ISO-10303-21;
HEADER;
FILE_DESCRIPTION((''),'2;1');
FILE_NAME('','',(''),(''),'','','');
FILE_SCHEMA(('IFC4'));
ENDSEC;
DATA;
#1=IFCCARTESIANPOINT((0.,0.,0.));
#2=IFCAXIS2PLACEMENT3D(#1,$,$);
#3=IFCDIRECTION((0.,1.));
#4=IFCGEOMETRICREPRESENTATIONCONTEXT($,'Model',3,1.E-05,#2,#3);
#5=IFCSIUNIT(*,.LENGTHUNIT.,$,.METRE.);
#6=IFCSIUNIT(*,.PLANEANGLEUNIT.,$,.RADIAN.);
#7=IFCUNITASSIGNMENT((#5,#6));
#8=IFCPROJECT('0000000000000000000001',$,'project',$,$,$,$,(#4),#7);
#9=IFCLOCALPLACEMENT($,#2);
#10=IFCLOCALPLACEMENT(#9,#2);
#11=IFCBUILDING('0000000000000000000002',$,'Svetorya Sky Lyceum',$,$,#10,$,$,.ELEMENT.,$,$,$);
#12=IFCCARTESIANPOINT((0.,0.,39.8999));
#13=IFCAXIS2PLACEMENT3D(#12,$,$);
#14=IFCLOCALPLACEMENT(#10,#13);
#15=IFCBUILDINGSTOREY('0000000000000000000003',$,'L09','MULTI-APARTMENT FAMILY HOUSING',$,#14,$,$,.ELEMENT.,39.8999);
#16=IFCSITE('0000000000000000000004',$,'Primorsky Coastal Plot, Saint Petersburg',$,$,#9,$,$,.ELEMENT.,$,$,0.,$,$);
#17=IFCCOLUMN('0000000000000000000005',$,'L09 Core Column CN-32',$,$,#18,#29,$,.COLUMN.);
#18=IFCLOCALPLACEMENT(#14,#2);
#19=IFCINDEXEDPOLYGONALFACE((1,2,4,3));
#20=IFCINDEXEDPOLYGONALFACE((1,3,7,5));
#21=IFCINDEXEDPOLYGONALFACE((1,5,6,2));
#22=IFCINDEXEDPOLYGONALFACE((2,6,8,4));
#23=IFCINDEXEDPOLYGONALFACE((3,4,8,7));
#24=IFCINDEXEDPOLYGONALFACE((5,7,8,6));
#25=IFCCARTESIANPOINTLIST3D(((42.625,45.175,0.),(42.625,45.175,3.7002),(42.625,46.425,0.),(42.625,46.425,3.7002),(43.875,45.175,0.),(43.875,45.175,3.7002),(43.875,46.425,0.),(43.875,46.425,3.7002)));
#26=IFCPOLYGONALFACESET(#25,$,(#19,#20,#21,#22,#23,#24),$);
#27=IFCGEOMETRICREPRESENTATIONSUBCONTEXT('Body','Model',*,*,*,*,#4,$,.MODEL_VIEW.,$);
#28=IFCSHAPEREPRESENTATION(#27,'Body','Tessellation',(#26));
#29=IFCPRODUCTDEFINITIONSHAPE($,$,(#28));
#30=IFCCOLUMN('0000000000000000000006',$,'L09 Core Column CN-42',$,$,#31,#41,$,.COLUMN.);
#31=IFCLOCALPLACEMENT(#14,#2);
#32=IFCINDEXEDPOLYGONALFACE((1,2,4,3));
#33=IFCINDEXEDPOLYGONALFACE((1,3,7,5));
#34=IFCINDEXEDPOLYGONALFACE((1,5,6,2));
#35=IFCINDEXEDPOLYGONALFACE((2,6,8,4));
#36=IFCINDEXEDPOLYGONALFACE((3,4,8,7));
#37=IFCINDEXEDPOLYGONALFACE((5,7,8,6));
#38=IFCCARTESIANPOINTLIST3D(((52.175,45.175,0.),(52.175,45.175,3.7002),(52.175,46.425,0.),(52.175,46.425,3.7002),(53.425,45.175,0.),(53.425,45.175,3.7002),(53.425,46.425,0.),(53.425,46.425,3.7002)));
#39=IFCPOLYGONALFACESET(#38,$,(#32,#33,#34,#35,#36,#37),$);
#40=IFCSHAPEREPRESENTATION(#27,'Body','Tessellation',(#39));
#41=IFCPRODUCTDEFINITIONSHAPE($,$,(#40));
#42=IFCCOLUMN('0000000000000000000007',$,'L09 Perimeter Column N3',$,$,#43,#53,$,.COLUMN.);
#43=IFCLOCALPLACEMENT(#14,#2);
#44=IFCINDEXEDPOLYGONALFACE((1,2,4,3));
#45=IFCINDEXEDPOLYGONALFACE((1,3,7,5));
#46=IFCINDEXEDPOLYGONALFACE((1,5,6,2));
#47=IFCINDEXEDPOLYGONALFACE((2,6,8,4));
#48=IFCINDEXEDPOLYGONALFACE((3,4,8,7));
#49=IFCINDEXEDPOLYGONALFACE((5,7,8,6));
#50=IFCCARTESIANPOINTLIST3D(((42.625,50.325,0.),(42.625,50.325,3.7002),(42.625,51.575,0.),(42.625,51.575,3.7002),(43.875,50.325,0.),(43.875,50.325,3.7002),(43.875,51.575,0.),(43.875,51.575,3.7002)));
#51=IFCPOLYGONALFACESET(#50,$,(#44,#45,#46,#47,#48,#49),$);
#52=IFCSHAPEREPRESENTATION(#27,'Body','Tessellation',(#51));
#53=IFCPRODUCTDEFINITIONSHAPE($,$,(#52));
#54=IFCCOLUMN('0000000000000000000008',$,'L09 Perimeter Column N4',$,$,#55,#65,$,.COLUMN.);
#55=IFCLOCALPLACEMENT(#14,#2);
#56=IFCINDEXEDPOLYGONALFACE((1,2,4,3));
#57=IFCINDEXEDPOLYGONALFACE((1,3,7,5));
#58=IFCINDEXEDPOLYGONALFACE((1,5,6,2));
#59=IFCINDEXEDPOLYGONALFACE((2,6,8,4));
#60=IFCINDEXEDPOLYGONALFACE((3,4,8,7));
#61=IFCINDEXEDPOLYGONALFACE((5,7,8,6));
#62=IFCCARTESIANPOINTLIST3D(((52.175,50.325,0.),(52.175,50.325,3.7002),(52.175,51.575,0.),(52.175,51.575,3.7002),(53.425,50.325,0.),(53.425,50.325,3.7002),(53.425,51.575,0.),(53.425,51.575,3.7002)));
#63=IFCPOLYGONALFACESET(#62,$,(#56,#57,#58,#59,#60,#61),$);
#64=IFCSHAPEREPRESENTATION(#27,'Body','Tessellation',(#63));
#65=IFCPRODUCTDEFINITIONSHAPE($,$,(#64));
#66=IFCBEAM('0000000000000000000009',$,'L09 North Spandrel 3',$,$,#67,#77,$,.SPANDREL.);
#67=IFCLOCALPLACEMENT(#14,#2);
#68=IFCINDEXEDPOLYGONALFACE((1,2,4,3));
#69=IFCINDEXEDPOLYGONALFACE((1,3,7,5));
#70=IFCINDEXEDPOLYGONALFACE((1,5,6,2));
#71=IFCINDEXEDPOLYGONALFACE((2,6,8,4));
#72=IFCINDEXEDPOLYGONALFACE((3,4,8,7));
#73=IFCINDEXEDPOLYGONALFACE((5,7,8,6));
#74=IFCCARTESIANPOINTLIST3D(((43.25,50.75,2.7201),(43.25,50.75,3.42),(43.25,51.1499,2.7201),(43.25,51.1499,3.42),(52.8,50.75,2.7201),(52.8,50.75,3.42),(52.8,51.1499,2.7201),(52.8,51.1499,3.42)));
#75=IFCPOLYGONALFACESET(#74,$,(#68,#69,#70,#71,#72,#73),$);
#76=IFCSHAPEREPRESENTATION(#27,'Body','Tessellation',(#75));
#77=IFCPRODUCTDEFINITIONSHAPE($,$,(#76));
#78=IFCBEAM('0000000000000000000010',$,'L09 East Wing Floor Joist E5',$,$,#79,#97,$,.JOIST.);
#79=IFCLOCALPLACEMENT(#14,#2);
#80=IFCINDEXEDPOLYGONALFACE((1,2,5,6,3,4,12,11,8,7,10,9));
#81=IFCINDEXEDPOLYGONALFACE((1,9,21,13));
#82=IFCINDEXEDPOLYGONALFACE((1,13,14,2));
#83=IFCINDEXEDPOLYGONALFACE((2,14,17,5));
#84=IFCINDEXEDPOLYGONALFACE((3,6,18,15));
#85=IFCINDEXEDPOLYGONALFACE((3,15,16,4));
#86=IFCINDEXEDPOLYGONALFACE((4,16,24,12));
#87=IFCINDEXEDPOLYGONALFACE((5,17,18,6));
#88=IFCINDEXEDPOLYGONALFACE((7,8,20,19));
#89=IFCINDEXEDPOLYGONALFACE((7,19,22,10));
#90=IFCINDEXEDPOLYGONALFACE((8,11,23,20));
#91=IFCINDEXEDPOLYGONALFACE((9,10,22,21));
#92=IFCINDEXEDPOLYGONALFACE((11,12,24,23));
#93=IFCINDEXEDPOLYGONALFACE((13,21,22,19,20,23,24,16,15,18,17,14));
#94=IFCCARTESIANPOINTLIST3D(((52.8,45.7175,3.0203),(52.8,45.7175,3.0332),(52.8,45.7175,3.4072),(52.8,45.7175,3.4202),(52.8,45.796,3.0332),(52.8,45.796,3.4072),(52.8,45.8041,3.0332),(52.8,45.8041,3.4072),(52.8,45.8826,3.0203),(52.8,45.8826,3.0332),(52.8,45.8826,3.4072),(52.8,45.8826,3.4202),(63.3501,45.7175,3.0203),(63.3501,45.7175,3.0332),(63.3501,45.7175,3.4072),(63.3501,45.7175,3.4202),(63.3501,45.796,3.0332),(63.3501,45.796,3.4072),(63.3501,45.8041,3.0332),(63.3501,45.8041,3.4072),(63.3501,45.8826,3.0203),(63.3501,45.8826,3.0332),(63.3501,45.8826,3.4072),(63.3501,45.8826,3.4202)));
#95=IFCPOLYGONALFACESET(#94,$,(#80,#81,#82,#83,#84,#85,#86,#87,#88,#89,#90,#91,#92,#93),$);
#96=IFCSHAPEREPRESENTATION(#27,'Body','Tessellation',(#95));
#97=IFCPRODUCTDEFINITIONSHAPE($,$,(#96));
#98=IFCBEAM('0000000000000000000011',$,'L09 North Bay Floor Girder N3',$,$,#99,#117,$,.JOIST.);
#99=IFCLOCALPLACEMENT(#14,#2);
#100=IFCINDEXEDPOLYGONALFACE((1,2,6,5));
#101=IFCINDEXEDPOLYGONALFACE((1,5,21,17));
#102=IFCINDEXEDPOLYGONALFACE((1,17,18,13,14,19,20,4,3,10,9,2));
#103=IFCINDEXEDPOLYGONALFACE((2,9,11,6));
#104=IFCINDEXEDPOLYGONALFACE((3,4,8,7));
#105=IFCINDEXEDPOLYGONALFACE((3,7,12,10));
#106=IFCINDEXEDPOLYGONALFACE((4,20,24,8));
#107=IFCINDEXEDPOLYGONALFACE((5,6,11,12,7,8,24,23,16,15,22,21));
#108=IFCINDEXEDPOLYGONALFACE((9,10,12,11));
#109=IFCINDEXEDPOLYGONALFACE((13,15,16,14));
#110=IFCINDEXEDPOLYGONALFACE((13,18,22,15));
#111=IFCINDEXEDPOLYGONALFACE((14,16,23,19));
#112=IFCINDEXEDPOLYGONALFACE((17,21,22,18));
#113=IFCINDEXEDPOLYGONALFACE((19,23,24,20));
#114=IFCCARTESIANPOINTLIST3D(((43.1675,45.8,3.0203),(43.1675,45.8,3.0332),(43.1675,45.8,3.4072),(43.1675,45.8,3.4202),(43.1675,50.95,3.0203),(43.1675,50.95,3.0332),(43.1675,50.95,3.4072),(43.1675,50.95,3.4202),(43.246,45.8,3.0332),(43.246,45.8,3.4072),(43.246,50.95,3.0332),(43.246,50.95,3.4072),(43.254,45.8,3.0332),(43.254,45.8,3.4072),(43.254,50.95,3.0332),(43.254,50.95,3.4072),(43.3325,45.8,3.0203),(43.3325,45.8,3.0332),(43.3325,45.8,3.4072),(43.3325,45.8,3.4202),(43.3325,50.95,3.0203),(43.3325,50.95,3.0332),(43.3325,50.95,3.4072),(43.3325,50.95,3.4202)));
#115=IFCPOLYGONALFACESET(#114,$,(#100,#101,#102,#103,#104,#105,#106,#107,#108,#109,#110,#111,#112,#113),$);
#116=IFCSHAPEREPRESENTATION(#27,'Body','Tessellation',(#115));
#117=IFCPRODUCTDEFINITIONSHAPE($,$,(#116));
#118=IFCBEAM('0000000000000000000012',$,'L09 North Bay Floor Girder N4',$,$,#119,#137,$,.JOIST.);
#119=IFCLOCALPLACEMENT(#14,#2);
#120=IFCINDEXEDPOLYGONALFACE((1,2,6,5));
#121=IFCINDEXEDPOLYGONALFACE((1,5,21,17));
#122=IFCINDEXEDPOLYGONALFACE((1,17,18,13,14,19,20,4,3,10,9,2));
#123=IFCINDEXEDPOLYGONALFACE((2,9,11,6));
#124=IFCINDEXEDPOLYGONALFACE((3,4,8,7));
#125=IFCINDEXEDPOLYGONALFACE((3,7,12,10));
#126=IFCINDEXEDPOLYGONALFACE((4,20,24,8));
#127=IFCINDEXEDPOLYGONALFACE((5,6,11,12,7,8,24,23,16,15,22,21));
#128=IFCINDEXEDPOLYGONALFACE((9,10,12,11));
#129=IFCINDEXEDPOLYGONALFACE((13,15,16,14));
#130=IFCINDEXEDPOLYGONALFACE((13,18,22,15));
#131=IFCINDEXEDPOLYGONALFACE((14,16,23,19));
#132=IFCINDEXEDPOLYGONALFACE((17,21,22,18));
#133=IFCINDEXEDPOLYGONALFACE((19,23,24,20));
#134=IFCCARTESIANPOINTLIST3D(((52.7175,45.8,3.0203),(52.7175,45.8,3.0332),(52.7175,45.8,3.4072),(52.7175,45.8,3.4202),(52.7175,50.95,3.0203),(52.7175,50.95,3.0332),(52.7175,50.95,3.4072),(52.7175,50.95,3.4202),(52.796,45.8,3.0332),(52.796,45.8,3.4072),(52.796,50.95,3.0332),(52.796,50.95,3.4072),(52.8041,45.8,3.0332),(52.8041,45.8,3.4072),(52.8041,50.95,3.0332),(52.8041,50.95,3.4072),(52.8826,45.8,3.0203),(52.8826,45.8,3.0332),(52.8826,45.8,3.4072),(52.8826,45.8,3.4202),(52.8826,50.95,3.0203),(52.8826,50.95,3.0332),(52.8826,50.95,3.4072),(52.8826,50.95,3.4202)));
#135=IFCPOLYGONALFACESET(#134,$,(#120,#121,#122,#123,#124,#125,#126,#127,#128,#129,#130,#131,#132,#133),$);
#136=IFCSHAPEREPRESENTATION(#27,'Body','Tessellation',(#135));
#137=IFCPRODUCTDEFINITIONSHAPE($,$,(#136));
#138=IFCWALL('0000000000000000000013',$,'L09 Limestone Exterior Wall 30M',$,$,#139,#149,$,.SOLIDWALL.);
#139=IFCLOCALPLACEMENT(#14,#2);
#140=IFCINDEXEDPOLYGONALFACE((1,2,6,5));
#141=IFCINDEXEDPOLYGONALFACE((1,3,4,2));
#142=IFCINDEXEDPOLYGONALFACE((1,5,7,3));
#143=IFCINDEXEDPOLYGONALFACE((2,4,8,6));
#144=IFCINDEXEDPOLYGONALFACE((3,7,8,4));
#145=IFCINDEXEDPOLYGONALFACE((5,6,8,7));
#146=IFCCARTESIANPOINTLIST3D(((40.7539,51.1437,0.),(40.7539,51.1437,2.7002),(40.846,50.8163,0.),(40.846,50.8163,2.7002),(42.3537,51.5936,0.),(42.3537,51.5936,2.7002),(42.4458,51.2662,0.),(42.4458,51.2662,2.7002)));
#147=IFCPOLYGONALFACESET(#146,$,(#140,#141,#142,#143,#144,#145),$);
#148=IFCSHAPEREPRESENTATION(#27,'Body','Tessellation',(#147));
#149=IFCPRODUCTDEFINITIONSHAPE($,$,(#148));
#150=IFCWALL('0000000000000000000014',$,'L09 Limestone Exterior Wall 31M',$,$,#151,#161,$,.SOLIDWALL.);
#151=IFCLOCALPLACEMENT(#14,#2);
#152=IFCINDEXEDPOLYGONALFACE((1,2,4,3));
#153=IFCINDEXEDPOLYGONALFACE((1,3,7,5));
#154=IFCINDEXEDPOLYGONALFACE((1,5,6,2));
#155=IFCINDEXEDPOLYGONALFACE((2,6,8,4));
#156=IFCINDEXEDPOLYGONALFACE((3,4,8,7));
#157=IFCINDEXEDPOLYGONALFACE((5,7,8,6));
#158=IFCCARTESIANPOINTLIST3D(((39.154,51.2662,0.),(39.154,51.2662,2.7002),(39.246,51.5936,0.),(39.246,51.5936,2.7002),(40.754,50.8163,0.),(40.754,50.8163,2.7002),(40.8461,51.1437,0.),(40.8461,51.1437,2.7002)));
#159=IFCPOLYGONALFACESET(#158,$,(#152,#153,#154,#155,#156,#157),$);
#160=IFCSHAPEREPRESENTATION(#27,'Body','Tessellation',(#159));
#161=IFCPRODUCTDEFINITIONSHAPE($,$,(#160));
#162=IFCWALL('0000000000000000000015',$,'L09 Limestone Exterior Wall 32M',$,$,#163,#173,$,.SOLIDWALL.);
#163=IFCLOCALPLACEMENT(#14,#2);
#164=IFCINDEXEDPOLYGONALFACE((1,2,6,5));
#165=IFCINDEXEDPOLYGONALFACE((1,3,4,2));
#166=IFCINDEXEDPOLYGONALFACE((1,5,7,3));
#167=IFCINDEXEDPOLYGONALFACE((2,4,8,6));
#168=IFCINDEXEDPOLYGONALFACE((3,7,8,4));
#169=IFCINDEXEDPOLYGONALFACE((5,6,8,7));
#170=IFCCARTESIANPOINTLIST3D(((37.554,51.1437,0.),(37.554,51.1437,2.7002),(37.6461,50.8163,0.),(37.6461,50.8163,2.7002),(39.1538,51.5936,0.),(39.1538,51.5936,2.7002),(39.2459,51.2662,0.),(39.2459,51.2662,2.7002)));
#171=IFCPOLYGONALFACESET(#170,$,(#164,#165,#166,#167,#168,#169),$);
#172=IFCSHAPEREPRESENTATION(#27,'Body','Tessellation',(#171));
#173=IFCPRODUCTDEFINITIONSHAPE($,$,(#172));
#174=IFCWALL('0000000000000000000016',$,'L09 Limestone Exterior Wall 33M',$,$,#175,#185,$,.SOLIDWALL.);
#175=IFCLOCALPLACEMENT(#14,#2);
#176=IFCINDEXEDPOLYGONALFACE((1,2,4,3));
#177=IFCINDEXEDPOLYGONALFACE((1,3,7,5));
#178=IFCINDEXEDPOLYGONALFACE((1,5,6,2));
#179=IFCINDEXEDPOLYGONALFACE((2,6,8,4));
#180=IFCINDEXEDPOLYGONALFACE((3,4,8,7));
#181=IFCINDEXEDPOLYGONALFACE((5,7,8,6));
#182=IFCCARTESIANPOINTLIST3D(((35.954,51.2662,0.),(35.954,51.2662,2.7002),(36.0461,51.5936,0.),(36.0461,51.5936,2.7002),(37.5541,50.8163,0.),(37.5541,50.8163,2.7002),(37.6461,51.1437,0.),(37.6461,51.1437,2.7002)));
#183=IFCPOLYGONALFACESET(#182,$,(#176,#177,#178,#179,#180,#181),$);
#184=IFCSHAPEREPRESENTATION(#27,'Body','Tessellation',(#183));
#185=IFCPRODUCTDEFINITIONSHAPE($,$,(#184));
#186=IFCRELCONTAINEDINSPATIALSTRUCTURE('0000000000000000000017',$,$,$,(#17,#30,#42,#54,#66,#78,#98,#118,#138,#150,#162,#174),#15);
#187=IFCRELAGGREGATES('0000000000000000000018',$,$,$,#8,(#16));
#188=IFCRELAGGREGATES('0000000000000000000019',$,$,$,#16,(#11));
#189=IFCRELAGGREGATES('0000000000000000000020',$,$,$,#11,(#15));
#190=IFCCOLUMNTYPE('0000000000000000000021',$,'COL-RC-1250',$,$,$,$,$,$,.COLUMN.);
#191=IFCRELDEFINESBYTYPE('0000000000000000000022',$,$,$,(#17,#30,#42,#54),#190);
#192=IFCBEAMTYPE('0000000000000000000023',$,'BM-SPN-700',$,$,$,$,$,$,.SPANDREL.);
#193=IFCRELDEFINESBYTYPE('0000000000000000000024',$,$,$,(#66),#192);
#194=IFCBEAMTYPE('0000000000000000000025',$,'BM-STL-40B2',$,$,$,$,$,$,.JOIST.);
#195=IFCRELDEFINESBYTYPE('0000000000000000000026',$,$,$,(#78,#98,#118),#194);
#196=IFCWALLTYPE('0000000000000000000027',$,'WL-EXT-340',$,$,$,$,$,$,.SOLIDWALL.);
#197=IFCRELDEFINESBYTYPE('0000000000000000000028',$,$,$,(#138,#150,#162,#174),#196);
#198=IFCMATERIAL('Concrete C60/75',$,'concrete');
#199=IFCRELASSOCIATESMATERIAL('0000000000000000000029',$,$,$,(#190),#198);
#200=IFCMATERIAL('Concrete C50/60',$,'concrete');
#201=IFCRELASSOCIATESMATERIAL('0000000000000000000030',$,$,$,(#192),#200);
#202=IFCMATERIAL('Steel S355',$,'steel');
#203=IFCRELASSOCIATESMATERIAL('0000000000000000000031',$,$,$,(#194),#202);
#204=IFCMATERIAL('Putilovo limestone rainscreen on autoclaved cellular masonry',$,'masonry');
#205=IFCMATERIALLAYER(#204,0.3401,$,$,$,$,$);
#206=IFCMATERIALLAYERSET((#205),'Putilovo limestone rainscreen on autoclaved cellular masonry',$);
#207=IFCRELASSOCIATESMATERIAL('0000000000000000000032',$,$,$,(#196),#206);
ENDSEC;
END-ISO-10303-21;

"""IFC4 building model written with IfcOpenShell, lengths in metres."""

from ifc_helpers import new_model, si_unit, direction, frame, frame_2d, origin, origin_2d, place, context, subcontext, project, spatial, rectangle, i_section, extrude, material, layer, layer_set, material_profile, profile_set, type_object, element, save


model = new_model("IFC4")

# Units and contexts
model_context = context("Model", 3, precision=1e-05, world=origin(), true_north=direction((0.0, 1.0)))
body_context = subcontext(model_context, "Body", "Model", "MODEL_VIEW")
ifc_project = project(units=[si_unit("LENGTHUNIT", "METRE"), si_unit("PLANEANGLEUNIT", "RADIAN")], contexts=[model_context])

# Site, building, storey
site_placement = place(None, origin())
site = spatial("IfcSite", under=ifc_project, at=site_placement, Name="Primorsky Coastal Plot, Saint Petersburg", CompositionType="ELEMENT", RefElevation=0.0)
building_placement = place(site_placement, origin())
building = spatial("IfcBuilding", under=site, at=building_placement, Name="Svetorya Sky Lyceum", CompositionType="ELEMENT")
storey_placement = place(building_placement, frame((0.0, 0.0, 39.8999)))
storey = spatial("IfcBuildingStorey", under=building, at=storey_placement, Name="L09", Description="MULTI-APARTMENT FAMILY HOUSING", CompositionType="ELEMENT", Elevation=39.8999)

# Columns
ifc_material_1 = material(Name="Concrete C60/75", Category="concrete")
ifc_material_profile_1 = material_profile(ifc_material_1, rectangle(XDim=1.25, YDim=1.25, at=origin_2d()), Name="RC COL 1250x1250")
ifc_profile_set_1 = profile_set([ifc_material_profile_1], Name="Concrete C60/75")
column_type = type_object("IfcColumnType", Name="COL-RC-1250", PredefinedType="COLUMN", material=ifc_profile_set_1)
for number, where, z_axis, x_axis, name in (
    (1, (43.25, 45.8, 0.0), (0.0, 0.0, 1.0), (1.0, 0.0, 0.0), "L09 Core Column CN-32"),
    (2, (52.8, 45.8, 0.0), (0.0, 0.0, 1.0), (1.0, 0.0, 0.0), "L09 Core Column CN-42"),
    (3, (43.25, 50.95, 0.0), (0.0, 0.0, 1.0), (1.0, 0.0, 0.0), "L09 Perimeter Column N3"),
    (4, (52.8, 50.95, 0.0), (0.0, 0.0, 1.0), (1.0, 0.0, 0.0), "L09 Perimeter Column N4"),
):
    element("IfcColumn", number, at=place(storey_placement, frame(where, z_axis=z_axis, x_axis=x_axis)), inside=storey, type_object=column_type, Name=name, PredefinedType="COLUMN", context=body_context, shape_type="SweptSolid", body=[
        extrude(rectangle(XDim=1.25, YDim=1.25, at=origin_2d()), origin(), (0.0, 0.0, 1.0), 3.7002),
    ])

# Beams
ifc_material_2 = material(Name="Concrete C50/60", Category="concrete")
ifc_material_profile_2 = material_profile(ifc_material_2, rectangle(XDim=0.3999, YDim=0.7, at=origin_2d()), Name="RC SPANDREL 400x700")
ifc_profile_set_2 = profile_set([ifc_material_profile_2], Name="Concrete C50/60")
beam_type_1 = type_object("IfcBeamType", Name="BM-SPN-700", PredefinedType="SPANDREL", material=ifc_profile_set_2)
beam_1_placement = place(storey_placement, frame((43.25, 50.95, 3.0701), z_axis=(1.0, 0.0, 0.0), x_axis=(0.0, 1.0, 0.0)))
element("IfcBeam", 5, at=beam_1_placement, inside=storey, type_object=beam_type_1, Name="L09 North Spandrel 3", PredefinedType="SPANDREL", context=body_context, shape_type="SweptSolid", body=[
    extrude(rectangle(XDim=0.3999, YDim=0.7, at=origin_2d()), origin(), (0.0, 0.0, 1.0), 9.55),
])
ifc_material_3 = material(Name="Steel S355", Category="steel")
ifc_material_profile_3 = material_profile(ifc_material_3, i_section(OverallWidth=0.165, OverallDepth=0.3999, WebThickness=0.0081, FlangeThickness=0.0129, at=origin_2d()), Name="GOST 40B2")
ifc_profile_set_3 = profile_set([ifc_material_profile_3], Name="Steel S355")
beam_type_2 = type_object("IfcBeamType", Name="BM-STL-40B2", PredefinedType="JOIST", material=ifc_profile_set_3)
beam_2_placement = place(storey_placement, frame((52.8, 45.8, 3.2202), z_axis=(1.0, 0.0, 0.0), x_axis=(0.0, 1.0, 0.0)))
element("IfcBeam", 6, at=beam_2_placement, inside=storey, type_object=beam_type_2, Name="L09 East Wing Floor Joist E5", PredefinedType="JOIST", context=body_context, shape_type="SweptSolid", body=[
    extrude(i_section(OverallWidth=0.165, OverallDepth=0.3999, WebThickness=0.0081, FlangeThickness=0.0129, at=origin_2d()), origin(), (0.0, 0.0, 1.0), 10.55),
])
for number, where, z_axis, x_axis, name in (
    (7, (43.25, 45.8, 3.2202), (0.0, 1.0, 0.0), (-1.0, 0.0, 0.0), "L09 North Bay Floor Girder N3"),
    (8, (52.8, 45.8, 3.2202), (0.0, 1.0, 0.0), (-1.0, 0.0, 0.0), "L09 North Bay Floor Girder N4"),
):
    element("IfcBeam", number, at=place(storey_placement, frame(where, z_axis=z_axis, x_axis=x_axis)), inside=storey, type_object=beam_type_2, Name=name, PredefinedType="JOIST", context=body_context, shape_type="SweptSolid", body=[
        extrude(i_section(OverallWidth=0.165, OverallDepth=0.3999, WebThickness=0.0081, FlangeThickness=0.0129, at=origin_2d()), origin(), (0.0, 0.0, 1.0), 5.1499),
    ])

# Walls
ifc_material_4 = material(Name="Putilovo limestone rainscreen on autoclaved cellular masonry", Category="masonry")
ifc_layer_1 = layer(ifc_material_4, 0.3401)
ifc_layer_set_1 = layer_set([ifc_layer_1], Name="Putilovo limestone rainscreen on autoclaved cellular masonry")
wall_type_1 = type_object("IfcWallType", Name="WL-EXT-340", PredefinedType="SOLIDWALL", material=ifc_layer_set_1)
wall_1_placement = place(storey_placement, frame((42.3999, 51.4299, 0.0), z_axis=(0.0, 0.0, 1.0), x_axis=(-0.962652, -0.270741, 0.0)))
element("IfcWall", 9, at=wall_1_placement, inside=storey, type_object=wall_type_1, Name="L09 Limestone Exterior Wall 30M", PredefinedType="SOLIDWALL", context=body_context, shape_type="SweptSolid", body=[
    extrude(rectangle(XDim=1.6619, YDim=0.3401, at=frame_2d((0.8311, 0.0))), origin(), (0.0, 0.0, 1.0), 2.7002),
])
wall_2_placement = place(storey_placement, frame((40.8, 50.98, 0.0), z_axis=(0.0, 0.0, 1.0), x_axis=(-0.962663, 0.270703, 0.0)))
element("IfcWall", 10, at=wall_2_placement, inside=storey, type_object=wall_type_1, Name="L09 Limestone Exterior Wall 31M", PredefinedType="SOLIDWALL", context=body_context, shape_type="SweptSolid", body=[
    extrude(rectangle(XDim=1.6621, YDim=0.3401, at=frame_2d((0.8311, 0.0))), origin(), (0.0, 0.0, 1.0), 2.7002),
])
wall_3_placement = place(storey_placement, frame((39.2, 51.4299, 0.0), z_axis=(0.0, 0.0, 1.0), x_axis=(-0.962652, -0.270741, 0.0)))
element("IfcWall", 11, at=wall_3_placement, inside=storey, type_object=wall_type_1, Name="L09 Limestone Exterior Wall 32M", PredefinedType="SOLIDWALL", context=body_context, shape_type="SweptSolid", body=[
    extrude(rectangle(XDim=1.6619, YDim=0.3401, at=frame_2d((0.8311, 0.0))), origin(), (0.0, 0.0, 1.0), 2.7002),
])
wall_4_placement = place(storey_placement, frame((37.6001, 50.98, 0.0), z_axis=(0.0, 0.0, 1.0), x_axis=(-0.962663, 0.270703, 0.0)))
element("IfcWall", 12, at=wall_4_placement, inside=storey, type_object=wall_type_1, Name="L09 Limestone Exterior Wall 33M", PredefinedType="SOLIDWALL", context=body_context, shape_type="SweptSolid", body=[
    extrude(rectangle(XDim=1.6621, YDim=0.3401, at=frame_2d((0.8311, 0.0))), origin(), (0.0, 0.0, 1.0), 2.7002),
])

save(model, "model.ifc")
